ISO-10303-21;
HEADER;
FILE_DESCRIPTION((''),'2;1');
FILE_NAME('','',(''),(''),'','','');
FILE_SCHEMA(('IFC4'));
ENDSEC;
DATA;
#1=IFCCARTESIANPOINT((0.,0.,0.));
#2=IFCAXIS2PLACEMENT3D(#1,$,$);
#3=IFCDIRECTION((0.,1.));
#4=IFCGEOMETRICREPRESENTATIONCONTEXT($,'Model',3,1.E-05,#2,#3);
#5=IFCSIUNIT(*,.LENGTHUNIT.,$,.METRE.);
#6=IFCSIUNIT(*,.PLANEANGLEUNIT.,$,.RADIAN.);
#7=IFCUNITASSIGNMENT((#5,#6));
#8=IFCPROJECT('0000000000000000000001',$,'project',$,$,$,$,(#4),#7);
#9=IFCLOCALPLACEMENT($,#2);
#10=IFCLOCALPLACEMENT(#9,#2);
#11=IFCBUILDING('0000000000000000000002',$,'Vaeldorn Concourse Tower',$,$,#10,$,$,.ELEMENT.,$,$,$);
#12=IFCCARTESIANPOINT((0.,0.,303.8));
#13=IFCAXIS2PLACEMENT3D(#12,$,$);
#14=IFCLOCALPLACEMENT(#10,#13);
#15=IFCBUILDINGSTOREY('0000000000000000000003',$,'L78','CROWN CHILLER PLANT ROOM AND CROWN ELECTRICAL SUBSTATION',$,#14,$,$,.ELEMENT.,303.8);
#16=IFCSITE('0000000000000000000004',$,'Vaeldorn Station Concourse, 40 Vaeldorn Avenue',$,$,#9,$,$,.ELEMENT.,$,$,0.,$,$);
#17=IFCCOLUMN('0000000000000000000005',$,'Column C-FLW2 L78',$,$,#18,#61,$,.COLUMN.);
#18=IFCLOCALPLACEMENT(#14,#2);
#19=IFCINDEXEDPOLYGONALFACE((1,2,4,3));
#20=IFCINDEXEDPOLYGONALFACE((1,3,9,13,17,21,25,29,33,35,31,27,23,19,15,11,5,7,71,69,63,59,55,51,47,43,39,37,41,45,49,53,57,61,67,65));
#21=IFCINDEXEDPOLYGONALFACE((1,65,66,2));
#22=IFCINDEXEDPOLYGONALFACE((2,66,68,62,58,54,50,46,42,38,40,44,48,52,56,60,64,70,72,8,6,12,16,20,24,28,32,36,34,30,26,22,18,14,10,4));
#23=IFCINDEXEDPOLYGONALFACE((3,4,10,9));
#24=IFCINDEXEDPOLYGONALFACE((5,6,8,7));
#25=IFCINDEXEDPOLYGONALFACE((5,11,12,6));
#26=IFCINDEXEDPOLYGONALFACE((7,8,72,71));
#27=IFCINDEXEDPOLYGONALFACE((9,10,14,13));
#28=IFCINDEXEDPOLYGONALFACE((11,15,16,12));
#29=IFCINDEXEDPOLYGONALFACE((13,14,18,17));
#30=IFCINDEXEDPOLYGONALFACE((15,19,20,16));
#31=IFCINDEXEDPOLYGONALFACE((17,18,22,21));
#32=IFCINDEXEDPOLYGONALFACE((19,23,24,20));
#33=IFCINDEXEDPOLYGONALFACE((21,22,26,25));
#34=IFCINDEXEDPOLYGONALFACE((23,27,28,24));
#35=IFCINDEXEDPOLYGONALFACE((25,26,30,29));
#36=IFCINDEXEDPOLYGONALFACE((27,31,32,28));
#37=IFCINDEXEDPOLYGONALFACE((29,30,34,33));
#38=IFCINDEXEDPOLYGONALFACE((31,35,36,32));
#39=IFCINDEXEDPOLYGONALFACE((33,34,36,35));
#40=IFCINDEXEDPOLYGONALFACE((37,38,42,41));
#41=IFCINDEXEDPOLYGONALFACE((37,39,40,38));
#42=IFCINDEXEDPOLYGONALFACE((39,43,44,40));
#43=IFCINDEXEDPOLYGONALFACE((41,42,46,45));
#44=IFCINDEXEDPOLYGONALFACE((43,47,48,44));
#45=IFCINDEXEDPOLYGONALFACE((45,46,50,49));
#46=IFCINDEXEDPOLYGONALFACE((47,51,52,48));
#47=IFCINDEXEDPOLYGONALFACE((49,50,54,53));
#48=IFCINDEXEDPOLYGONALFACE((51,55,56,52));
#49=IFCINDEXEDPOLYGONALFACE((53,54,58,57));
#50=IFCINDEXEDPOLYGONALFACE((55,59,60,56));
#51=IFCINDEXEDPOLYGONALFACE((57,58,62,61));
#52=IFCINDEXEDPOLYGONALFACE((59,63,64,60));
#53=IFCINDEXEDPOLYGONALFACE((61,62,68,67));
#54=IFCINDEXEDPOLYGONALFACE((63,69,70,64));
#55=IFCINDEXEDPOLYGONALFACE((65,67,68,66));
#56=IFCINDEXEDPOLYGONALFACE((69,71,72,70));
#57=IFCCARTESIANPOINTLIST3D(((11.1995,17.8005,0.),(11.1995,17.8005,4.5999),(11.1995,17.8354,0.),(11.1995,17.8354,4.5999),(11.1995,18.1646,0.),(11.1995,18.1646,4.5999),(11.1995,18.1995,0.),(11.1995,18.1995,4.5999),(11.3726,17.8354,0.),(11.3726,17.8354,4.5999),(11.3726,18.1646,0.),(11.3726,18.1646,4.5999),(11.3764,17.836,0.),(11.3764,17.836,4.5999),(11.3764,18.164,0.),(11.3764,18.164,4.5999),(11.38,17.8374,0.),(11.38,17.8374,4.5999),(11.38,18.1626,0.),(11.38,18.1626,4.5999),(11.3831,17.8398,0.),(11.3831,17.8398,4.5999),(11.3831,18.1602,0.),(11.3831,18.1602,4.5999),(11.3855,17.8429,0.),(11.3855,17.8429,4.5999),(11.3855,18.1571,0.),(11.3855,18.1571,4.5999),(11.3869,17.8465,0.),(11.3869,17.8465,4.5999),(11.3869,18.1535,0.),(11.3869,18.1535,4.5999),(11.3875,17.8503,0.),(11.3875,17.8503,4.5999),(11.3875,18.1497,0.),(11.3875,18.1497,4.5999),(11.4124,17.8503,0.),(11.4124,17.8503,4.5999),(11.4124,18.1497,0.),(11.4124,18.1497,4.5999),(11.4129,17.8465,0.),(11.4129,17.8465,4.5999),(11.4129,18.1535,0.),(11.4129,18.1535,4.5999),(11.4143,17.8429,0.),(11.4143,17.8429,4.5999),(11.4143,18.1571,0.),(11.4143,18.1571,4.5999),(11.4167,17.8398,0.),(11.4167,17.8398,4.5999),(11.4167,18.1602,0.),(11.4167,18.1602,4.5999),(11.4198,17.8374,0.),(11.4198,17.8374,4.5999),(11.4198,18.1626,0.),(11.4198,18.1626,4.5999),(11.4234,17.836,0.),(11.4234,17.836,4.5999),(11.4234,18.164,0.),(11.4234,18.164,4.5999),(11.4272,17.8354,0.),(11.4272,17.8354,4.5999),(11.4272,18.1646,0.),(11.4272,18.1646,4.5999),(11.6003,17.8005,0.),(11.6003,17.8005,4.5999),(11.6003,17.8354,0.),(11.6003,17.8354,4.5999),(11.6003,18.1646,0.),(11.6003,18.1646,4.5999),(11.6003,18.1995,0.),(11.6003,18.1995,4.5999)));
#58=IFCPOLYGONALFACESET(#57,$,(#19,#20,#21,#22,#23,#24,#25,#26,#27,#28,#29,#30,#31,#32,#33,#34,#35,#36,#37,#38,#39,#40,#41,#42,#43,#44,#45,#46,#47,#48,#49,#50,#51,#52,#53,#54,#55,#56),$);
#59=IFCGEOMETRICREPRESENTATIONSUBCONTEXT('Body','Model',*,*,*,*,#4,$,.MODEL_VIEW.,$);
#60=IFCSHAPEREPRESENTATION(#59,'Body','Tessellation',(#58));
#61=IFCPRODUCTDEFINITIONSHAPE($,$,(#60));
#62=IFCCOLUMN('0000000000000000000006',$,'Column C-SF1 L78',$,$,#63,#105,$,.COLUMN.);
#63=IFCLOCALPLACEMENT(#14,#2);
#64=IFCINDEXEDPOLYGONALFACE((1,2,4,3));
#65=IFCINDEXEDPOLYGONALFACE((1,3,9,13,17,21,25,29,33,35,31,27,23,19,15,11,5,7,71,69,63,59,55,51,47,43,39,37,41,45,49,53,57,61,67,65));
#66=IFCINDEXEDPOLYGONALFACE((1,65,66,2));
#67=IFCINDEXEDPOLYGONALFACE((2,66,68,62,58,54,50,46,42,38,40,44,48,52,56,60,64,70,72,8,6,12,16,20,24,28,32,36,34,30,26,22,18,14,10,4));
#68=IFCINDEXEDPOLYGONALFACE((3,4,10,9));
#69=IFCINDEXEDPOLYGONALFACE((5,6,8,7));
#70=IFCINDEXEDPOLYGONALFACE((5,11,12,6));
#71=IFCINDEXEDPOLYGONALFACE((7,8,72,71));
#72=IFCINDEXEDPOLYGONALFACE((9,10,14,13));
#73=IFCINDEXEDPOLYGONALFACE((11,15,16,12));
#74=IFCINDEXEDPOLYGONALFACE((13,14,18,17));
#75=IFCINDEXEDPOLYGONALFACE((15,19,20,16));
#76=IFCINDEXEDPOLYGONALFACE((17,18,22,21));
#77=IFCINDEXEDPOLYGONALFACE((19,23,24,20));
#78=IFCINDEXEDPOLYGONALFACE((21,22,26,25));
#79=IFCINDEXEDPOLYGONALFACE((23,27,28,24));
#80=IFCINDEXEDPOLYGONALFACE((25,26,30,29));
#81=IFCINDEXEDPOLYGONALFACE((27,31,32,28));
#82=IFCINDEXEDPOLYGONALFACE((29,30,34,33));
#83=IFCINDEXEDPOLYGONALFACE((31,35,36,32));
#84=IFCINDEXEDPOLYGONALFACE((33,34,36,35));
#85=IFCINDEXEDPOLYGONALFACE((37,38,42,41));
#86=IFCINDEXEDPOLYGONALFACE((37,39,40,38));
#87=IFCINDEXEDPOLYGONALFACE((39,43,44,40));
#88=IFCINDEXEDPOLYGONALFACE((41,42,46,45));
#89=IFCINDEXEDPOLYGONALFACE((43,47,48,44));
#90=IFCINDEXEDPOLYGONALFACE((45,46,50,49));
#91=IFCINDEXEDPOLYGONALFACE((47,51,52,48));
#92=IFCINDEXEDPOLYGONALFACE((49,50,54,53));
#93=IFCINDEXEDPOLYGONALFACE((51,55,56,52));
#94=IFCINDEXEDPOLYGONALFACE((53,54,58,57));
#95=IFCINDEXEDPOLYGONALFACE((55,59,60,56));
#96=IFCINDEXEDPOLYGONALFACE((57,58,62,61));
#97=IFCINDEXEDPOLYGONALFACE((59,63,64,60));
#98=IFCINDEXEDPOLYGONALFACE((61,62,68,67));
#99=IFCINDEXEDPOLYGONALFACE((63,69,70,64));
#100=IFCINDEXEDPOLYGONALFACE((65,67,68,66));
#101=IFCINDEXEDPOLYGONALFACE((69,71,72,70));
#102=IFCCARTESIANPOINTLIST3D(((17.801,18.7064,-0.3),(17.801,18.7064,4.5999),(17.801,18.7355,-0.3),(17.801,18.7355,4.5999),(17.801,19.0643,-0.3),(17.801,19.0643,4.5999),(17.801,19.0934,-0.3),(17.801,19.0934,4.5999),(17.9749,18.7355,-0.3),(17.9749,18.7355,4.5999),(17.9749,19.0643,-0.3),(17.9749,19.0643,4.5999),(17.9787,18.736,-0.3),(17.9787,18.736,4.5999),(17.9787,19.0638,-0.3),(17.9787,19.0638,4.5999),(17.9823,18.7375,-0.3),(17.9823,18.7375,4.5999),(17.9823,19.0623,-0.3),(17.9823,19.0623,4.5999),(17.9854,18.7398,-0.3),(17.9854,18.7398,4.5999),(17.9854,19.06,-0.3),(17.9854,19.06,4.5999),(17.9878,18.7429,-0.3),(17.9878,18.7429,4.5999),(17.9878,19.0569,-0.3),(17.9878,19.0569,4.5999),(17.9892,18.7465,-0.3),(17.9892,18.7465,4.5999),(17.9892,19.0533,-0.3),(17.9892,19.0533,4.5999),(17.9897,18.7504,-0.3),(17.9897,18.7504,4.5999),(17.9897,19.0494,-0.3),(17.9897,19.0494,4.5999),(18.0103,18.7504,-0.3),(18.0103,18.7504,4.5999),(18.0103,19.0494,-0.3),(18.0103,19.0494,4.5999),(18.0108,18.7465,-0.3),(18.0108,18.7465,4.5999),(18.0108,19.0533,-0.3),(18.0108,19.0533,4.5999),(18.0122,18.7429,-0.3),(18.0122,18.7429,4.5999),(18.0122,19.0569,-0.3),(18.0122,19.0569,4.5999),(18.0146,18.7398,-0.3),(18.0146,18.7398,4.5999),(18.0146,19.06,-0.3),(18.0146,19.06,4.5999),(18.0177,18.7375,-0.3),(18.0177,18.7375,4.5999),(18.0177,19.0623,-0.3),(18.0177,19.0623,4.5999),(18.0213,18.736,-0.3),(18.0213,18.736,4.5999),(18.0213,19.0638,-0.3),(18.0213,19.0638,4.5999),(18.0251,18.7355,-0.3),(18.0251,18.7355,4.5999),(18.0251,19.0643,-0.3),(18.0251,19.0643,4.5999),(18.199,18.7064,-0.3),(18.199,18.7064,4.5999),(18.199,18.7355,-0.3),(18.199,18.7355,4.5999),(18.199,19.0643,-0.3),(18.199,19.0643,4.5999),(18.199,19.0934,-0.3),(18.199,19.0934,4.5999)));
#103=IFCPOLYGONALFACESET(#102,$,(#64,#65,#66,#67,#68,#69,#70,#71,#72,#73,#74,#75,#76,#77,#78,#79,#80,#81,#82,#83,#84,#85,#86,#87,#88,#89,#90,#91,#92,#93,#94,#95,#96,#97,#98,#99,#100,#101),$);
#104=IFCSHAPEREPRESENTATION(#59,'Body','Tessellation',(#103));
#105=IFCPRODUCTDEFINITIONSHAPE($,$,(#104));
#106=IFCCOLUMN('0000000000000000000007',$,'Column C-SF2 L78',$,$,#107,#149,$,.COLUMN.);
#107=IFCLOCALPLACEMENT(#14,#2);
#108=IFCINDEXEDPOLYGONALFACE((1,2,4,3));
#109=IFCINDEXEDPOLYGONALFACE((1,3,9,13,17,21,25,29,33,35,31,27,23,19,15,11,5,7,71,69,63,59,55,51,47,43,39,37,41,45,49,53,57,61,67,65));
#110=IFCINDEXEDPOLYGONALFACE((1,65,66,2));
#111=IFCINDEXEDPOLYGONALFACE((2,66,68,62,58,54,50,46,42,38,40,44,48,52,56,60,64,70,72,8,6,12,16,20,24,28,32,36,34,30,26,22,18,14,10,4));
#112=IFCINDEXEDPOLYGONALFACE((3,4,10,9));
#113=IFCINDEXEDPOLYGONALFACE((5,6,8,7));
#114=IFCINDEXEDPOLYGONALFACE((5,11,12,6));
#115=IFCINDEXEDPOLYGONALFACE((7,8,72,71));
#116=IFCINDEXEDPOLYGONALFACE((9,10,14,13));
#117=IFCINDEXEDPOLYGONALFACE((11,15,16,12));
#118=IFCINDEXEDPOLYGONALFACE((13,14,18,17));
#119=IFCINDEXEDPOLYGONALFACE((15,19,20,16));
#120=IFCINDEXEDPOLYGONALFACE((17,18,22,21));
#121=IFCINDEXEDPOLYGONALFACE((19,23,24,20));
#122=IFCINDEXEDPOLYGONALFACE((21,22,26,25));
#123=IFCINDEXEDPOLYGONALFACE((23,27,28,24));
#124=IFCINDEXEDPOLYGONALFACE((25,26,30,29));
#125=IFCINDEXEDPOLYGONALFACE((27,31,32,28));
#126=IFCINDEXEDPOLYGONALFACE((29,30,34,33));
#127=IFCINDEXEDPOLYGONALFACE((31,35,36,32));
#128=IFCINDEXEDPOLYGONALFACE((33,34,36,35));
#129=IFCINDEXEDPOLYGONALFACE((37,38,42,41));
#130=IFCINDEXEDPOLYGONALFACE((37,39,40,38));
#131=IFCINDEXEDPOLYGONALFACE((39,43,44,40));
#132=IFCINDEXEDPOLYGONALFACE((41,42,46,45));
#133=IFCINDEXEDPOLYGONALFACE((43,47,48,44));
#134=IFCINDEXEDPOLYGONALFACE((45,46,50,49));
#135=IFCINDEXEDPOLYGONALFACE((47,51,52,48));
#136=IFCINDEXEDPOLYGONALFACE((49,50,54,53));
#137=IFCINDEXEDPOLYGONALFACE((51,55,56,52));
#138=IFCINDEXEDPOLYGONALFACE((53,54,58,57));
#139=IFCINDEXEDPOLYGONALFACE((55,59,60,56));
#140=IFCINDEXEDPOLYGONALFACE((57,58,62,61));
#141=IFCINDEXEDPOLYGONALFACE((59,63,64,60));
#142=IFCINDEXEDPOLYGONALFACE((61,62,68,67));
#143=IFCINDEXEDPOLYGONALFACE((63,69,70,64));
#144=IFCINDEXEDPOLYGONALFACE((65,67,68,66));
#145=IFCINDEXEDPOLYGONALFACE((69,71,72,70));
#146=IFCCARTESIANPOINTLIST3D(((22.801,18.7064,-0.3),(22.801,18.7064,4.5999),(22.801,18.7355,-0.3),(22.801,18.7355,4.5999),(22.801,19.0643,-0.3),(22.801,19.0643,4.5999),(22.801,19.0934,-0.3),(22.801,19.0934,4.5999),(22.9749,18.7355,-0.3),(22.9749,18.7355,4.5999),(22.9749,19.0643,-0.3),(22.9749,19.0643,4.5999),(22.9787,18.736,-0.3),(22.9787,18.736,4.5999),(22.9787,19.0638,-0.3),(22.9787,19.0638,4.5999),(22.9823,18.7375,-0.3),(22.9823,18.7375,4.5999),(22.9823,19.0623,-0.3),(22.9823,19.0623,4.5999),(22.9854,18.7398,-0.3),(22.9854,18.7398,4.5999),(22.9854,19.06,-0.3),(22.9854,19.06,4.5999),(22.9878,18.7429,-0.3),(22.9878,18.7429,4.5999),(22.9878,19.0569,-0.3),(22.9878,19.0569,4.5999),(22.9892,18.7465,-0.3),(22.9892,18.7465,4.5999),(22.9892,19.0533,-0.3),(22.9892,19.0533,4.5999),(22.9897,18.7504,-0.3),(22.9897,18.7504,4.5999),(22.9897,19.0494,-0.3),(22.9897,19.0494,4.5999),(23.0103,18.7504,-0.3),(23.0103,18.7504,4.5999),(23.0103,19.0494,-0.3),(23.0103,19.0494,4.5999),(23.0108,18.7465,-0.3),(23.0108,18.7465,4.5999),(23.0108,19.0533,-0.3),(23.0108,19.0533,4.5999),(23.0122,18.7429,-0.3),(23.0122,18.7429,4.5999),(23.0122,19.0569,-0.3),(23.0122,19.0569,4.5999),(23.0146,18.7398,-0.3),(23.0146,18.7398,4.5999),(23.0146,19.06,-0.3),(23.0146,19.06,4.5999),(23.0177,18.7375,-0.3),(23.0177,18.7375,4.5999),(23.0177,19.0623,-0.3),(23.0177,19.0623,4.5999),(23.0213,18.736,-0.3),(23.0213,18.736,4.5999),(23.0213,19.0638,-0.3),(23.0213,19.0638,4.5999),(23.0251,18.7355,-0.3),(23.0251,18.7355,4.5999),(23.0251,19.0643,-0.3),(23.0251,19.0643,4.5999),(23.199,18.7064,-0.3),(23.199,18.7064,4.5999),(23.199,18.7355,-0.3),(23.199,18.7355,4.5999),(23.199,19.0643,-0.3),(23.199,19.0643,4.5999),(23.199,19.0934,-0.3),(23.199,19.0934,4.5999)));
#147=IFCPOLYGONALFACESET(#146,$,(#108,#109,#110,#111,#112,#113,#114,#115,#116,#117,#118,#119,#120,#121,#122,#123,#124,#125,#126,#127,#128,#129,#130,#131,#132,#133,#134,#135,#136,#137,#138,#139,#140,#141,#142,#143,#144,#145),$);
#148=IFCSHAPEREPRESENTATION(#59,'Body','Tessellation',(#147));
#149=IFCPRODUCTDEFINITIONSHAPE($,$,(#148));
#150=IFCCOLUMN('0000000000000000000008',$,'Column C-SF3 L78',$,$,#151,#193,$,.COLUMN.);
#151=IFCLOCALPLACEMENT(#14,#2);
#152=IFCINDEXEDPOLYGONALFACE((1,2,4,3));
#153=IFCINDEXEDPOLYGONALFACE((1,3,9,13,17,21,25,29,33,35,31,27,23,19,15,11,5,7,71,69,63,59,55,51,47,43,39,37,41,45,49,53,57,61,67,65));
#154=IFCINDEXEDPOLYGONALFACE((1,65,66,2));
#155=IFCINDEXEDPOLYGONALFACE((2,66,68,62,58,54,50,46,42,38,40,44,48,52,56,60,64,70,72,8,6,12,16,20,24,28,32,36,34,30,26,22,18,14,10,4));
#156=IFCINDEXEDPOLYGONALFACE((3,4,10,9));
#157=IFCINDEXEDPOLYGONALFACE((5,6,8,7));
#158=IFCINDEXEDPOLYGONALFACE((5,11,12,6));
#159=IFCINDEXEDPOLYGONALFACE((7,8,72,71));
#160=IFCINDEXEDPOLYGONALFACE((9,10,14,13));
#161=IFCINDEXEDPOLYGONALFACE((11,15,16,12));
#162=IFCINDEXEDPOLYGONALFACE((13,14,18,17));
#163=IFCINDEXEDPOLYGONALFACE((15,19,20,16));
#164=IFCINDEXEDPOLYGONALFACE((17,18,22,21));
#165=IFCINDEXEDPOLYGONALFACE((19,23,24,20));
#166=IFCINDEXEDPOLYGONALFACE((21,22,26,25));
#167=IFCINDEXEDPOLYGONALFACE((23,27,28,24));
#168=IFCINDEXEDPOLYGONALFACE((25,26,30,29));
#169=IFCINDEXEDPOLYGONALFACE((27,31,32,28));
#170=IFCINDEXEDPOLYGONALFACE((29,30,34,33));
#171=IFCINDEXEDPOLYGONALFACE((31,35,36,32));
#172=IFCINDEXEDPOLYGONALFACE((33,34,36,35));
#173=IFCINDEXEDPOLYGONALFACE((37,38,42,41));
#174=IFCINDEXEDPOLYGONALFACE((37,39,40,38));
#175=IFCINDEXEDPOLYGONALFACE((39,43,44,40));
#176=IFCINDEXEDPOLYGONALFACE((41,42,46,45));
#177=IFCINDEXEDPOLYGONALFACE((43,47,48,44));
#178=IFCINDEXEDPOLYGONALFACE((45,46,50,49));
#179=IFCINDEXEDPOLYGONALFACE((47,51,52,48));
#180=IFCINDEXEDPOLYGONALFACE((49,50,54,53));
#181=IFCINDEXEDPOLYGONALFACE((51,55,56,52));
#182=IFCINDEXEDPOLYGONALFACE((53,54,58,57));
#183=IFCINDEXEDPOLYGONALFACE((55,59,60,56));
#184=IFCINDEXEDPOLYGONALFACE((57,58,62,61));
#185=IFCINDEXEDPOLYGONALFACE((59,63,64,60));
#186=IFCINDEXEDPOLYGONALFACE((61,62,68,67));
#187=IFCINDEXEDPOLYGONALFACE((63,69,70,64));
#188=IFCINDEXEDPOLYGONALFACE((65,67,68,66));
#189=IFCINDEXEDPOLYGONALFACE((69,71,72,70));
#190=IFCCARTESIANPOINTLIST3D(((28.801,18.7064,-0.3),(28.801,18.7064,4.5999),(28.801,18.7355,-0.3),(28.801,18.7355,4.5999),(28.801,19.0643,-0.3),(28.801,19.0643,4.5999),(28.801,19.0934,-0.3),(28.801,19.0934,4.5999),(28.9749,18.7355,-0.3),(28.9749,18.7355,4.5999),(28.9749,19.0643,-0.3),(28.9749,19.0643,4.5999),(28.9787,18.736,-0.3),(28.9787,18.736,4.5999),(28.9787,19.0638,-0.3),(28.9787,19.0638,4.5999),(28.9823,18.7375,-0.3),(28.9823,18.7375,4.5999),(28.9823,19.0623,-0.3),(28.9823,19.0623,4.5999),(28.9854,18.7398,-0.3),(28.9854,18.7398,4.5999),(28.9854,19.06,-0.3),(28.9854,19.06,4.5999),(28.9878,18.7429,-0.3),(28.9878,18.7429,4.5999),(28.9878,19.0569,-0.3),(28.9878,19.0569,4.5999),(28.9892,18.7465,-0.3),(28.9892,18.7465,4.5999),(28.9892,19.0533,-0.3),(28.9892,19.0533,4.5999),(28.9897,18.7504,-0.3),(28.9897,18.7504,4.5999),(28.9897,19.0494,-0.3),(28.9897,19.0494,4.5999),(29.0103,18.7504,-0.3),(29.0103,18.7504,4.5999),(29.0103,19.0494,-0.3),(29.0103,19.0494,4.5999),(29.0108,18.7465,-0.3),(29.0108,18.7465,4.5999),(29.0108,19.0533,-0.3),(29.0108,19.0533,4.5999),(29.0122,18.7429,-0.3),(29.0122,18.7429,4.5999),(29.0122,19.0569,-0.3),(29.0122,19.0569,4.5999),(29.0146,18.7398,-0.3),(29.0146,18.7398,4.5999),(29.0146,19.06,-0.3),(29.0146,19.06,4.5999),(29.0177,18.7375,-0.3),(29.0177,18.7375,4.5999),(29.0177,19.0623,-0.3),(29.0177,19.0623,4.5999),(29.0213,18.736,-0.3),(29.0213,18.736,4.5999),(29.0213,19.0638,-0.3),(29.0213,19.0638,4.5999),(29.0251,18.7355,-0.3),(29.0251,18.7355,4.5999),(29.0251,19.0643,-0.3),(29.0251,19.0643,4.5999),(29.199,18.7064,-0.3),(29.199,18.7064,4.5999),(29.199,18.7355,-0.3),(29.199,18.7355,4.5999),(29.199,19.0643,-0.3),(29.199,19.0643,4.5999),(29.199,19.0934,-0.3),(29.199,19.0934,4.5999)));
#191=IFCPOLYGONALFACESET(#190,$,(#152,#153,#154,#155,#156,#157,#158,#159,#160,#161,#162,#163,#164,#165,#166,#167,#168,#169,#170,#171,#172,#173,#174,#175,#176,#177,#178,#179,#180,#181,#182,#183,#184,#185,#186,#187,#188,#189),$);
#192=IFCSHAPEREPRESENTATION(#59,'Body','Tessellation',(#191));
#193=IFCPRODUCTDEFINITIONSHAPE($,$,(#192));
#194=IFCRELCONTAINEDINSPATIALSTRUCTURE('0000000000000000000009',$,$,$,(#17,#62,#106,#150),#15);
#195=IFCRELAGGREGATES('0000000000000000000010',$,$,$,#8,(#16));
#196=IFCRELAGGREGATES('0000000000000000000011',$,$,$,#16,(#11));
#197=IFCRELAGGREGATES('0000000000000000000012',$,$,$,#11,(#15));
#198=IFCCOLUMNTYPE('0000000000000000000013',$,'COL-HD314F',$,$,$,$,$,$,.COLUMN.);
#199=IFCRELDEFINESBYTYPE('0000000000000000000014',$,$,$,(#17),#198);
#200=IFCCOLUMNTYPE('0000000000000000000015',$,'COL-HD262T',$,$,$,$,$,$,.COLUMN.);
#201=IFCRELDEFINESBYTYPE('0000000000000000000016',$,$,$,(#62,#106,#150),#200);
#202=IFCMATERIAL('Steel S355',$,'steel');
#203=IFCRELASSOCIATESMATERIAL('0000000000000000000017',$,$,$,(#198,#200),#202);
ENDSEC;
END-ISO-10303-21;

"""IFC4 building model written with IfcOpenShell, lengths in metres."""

from ifc_helpers import new_model, si_unit, direction, frame, origin, origin_2d, place, context, subcontext, project, spatial, i_section, extrude, source, transform, mapped, material, material_profile, profile_set, type_object, element, save


model = new_model("IFC4")

# Units and contexts
model_context = context("Model", 3, precision=1e-05, world=origin(), true_north=direction((0.0, 1.0)))
body_context = subcontext(model_context, "Body", "Model", "MODEL_VIEW")
ifc_project = project(units=[si_unit("LENGTHUNIT", "METRE"), si_unit("PLANEANGLEUNIT", "RADIAN")], contexts=[model_context])

# Site, building, storey
site_placement = place(None, origin())
site = spatial("IfcSite", under=ifc_project, at=site_placement, Name="Vaeldorn Station Concourse, 40 Vaeldorn Avenue", CompositionType="ELEMENT", RefElevation=0.0)
building_placement = place(site_placement, origin())
building = spatial("IfcBuilding", under=site, at=building_placement, Name="Vaeldorn Concourse Tower", CompositionType="ELEMENT")
storey_placement = place(building_placement, frame((0.0, 0.0, 303.8)))
storey = spatial("IfcBuildingStorey", under=building, at=storey_placement, Name="L78", Description="CROWN CHILLER PLANT ROOM AND CROWN ELECTRICAL SUBSTATION", CompositionType="ELEMENT", Elevation=303.8)

# Columns
ifc_material_1 = material(Name="Steel S355", Category="steel")
ifc_material_profile_1 = material_profile(ifc_material_1, i_section(OverallWidth=0.4009, OverallDepth=0.3989, WebThickness=0.0249, FlangeThickness=0.0349, FilletRadius=0.0149, at=origin_2d()), Name="HD 400x314")
ifc_profile_set_1 = profile_set([ifc_material_profile_1], Name="Steel S355")
column_type_1 = type_object("IfcColumnType", Name="COL-HD314F", PredefinedType="COLUMN", material=ifc_profile_set_1)
shared_shape_1 = source(origin(), body_context, "Body", "SweptSolid", [
    extrude(i_section(OverallWidth=0.4009, OverallDepth=0.3989, WebThickness=0.0249, FlangeThickness=0.0349, FilletRadius=0.0149, at=origin_2d()), origin(), (0.0, 0.0, 1.0), 4.5999),
])
column_placement = place(storey_placement, frame((11.3999, 18.0, 0.0), z_axis=(0.0, 0.0, 1.0), x_axis=(1.0, 0.0, 0.0)))
element("IfcColumn", 1, at=column_placement, inside=storey, type_object=column_type_1, Name="Column C-FLW2 L78", PredefinedType="COLUMN", context=body_context, shape_type="MappedRepresentation", body=[
    mapped(shared_shape_1, transform((0.0, 0.0, 0.0), scale=1.0)),
])
ifc_material_profile_2 = material_profile(ifc_material_1, i_section(OverallWidth=0.3979, OverallDepth=0.387, WebThickness=0.0205, FlangeThickness=0.0291, FilletRadius=0.0149, at=origin_2d()), Name="HD 400x262")
ifc_profile_set_2 = profile_set([ifc_material_profile_2], Name="Steel S355")
column_type_2 = type_object("IfcColumnType", Name="COL-HD262T", PredefinedType="COLUMN", material=ifc_profile_set_2)
shared_shape_2 = source(origin(), body_context, "Body", "SweptSolid", [
    extrude(i_section(OverallWidth=0.3979, OverallDepth=0.387, WebThickness=0.0205, FlangeThickness=0.0291, FilletRadius=0.0149, at=origin_2d()), origin(), (0.0, 0.0, 1.0), 4.8999),
])
for number, where, z_axis, x_axis, name in (
    (2, (18.0, 18.8999, -0.3), (0.0, 0.0, 1.0), (1.0, 0.0, 0.0), "Column C-SF1 L78"),
    (3, (23.0, 18.8999, -0.3), (0.0, 0.0, 1.0), (1.0, 0.0, 0.0), "Column C-SF2 L78"),
    (4, (29.0, 18.8999, -0.3), (0.0, 0.0, 1.0), (1.0, 0.0, 0.0), "Column C-SF3 L78"),
):
    element("IfcColumn", number, at=place(storey_placement, frame(where, z_axis=z_axis, x_axis=x_axis)), inside=storey, type_object=column_type_2, Name=name, PredefinedType="COLUMN", context=body_context, shape_type="MappedRepresentation", body=[
        mapped(shared_shape_2, transform((0.0, 0.0, 0.0), scale=1.0)),
    ])

save(model, "model.ifc")
